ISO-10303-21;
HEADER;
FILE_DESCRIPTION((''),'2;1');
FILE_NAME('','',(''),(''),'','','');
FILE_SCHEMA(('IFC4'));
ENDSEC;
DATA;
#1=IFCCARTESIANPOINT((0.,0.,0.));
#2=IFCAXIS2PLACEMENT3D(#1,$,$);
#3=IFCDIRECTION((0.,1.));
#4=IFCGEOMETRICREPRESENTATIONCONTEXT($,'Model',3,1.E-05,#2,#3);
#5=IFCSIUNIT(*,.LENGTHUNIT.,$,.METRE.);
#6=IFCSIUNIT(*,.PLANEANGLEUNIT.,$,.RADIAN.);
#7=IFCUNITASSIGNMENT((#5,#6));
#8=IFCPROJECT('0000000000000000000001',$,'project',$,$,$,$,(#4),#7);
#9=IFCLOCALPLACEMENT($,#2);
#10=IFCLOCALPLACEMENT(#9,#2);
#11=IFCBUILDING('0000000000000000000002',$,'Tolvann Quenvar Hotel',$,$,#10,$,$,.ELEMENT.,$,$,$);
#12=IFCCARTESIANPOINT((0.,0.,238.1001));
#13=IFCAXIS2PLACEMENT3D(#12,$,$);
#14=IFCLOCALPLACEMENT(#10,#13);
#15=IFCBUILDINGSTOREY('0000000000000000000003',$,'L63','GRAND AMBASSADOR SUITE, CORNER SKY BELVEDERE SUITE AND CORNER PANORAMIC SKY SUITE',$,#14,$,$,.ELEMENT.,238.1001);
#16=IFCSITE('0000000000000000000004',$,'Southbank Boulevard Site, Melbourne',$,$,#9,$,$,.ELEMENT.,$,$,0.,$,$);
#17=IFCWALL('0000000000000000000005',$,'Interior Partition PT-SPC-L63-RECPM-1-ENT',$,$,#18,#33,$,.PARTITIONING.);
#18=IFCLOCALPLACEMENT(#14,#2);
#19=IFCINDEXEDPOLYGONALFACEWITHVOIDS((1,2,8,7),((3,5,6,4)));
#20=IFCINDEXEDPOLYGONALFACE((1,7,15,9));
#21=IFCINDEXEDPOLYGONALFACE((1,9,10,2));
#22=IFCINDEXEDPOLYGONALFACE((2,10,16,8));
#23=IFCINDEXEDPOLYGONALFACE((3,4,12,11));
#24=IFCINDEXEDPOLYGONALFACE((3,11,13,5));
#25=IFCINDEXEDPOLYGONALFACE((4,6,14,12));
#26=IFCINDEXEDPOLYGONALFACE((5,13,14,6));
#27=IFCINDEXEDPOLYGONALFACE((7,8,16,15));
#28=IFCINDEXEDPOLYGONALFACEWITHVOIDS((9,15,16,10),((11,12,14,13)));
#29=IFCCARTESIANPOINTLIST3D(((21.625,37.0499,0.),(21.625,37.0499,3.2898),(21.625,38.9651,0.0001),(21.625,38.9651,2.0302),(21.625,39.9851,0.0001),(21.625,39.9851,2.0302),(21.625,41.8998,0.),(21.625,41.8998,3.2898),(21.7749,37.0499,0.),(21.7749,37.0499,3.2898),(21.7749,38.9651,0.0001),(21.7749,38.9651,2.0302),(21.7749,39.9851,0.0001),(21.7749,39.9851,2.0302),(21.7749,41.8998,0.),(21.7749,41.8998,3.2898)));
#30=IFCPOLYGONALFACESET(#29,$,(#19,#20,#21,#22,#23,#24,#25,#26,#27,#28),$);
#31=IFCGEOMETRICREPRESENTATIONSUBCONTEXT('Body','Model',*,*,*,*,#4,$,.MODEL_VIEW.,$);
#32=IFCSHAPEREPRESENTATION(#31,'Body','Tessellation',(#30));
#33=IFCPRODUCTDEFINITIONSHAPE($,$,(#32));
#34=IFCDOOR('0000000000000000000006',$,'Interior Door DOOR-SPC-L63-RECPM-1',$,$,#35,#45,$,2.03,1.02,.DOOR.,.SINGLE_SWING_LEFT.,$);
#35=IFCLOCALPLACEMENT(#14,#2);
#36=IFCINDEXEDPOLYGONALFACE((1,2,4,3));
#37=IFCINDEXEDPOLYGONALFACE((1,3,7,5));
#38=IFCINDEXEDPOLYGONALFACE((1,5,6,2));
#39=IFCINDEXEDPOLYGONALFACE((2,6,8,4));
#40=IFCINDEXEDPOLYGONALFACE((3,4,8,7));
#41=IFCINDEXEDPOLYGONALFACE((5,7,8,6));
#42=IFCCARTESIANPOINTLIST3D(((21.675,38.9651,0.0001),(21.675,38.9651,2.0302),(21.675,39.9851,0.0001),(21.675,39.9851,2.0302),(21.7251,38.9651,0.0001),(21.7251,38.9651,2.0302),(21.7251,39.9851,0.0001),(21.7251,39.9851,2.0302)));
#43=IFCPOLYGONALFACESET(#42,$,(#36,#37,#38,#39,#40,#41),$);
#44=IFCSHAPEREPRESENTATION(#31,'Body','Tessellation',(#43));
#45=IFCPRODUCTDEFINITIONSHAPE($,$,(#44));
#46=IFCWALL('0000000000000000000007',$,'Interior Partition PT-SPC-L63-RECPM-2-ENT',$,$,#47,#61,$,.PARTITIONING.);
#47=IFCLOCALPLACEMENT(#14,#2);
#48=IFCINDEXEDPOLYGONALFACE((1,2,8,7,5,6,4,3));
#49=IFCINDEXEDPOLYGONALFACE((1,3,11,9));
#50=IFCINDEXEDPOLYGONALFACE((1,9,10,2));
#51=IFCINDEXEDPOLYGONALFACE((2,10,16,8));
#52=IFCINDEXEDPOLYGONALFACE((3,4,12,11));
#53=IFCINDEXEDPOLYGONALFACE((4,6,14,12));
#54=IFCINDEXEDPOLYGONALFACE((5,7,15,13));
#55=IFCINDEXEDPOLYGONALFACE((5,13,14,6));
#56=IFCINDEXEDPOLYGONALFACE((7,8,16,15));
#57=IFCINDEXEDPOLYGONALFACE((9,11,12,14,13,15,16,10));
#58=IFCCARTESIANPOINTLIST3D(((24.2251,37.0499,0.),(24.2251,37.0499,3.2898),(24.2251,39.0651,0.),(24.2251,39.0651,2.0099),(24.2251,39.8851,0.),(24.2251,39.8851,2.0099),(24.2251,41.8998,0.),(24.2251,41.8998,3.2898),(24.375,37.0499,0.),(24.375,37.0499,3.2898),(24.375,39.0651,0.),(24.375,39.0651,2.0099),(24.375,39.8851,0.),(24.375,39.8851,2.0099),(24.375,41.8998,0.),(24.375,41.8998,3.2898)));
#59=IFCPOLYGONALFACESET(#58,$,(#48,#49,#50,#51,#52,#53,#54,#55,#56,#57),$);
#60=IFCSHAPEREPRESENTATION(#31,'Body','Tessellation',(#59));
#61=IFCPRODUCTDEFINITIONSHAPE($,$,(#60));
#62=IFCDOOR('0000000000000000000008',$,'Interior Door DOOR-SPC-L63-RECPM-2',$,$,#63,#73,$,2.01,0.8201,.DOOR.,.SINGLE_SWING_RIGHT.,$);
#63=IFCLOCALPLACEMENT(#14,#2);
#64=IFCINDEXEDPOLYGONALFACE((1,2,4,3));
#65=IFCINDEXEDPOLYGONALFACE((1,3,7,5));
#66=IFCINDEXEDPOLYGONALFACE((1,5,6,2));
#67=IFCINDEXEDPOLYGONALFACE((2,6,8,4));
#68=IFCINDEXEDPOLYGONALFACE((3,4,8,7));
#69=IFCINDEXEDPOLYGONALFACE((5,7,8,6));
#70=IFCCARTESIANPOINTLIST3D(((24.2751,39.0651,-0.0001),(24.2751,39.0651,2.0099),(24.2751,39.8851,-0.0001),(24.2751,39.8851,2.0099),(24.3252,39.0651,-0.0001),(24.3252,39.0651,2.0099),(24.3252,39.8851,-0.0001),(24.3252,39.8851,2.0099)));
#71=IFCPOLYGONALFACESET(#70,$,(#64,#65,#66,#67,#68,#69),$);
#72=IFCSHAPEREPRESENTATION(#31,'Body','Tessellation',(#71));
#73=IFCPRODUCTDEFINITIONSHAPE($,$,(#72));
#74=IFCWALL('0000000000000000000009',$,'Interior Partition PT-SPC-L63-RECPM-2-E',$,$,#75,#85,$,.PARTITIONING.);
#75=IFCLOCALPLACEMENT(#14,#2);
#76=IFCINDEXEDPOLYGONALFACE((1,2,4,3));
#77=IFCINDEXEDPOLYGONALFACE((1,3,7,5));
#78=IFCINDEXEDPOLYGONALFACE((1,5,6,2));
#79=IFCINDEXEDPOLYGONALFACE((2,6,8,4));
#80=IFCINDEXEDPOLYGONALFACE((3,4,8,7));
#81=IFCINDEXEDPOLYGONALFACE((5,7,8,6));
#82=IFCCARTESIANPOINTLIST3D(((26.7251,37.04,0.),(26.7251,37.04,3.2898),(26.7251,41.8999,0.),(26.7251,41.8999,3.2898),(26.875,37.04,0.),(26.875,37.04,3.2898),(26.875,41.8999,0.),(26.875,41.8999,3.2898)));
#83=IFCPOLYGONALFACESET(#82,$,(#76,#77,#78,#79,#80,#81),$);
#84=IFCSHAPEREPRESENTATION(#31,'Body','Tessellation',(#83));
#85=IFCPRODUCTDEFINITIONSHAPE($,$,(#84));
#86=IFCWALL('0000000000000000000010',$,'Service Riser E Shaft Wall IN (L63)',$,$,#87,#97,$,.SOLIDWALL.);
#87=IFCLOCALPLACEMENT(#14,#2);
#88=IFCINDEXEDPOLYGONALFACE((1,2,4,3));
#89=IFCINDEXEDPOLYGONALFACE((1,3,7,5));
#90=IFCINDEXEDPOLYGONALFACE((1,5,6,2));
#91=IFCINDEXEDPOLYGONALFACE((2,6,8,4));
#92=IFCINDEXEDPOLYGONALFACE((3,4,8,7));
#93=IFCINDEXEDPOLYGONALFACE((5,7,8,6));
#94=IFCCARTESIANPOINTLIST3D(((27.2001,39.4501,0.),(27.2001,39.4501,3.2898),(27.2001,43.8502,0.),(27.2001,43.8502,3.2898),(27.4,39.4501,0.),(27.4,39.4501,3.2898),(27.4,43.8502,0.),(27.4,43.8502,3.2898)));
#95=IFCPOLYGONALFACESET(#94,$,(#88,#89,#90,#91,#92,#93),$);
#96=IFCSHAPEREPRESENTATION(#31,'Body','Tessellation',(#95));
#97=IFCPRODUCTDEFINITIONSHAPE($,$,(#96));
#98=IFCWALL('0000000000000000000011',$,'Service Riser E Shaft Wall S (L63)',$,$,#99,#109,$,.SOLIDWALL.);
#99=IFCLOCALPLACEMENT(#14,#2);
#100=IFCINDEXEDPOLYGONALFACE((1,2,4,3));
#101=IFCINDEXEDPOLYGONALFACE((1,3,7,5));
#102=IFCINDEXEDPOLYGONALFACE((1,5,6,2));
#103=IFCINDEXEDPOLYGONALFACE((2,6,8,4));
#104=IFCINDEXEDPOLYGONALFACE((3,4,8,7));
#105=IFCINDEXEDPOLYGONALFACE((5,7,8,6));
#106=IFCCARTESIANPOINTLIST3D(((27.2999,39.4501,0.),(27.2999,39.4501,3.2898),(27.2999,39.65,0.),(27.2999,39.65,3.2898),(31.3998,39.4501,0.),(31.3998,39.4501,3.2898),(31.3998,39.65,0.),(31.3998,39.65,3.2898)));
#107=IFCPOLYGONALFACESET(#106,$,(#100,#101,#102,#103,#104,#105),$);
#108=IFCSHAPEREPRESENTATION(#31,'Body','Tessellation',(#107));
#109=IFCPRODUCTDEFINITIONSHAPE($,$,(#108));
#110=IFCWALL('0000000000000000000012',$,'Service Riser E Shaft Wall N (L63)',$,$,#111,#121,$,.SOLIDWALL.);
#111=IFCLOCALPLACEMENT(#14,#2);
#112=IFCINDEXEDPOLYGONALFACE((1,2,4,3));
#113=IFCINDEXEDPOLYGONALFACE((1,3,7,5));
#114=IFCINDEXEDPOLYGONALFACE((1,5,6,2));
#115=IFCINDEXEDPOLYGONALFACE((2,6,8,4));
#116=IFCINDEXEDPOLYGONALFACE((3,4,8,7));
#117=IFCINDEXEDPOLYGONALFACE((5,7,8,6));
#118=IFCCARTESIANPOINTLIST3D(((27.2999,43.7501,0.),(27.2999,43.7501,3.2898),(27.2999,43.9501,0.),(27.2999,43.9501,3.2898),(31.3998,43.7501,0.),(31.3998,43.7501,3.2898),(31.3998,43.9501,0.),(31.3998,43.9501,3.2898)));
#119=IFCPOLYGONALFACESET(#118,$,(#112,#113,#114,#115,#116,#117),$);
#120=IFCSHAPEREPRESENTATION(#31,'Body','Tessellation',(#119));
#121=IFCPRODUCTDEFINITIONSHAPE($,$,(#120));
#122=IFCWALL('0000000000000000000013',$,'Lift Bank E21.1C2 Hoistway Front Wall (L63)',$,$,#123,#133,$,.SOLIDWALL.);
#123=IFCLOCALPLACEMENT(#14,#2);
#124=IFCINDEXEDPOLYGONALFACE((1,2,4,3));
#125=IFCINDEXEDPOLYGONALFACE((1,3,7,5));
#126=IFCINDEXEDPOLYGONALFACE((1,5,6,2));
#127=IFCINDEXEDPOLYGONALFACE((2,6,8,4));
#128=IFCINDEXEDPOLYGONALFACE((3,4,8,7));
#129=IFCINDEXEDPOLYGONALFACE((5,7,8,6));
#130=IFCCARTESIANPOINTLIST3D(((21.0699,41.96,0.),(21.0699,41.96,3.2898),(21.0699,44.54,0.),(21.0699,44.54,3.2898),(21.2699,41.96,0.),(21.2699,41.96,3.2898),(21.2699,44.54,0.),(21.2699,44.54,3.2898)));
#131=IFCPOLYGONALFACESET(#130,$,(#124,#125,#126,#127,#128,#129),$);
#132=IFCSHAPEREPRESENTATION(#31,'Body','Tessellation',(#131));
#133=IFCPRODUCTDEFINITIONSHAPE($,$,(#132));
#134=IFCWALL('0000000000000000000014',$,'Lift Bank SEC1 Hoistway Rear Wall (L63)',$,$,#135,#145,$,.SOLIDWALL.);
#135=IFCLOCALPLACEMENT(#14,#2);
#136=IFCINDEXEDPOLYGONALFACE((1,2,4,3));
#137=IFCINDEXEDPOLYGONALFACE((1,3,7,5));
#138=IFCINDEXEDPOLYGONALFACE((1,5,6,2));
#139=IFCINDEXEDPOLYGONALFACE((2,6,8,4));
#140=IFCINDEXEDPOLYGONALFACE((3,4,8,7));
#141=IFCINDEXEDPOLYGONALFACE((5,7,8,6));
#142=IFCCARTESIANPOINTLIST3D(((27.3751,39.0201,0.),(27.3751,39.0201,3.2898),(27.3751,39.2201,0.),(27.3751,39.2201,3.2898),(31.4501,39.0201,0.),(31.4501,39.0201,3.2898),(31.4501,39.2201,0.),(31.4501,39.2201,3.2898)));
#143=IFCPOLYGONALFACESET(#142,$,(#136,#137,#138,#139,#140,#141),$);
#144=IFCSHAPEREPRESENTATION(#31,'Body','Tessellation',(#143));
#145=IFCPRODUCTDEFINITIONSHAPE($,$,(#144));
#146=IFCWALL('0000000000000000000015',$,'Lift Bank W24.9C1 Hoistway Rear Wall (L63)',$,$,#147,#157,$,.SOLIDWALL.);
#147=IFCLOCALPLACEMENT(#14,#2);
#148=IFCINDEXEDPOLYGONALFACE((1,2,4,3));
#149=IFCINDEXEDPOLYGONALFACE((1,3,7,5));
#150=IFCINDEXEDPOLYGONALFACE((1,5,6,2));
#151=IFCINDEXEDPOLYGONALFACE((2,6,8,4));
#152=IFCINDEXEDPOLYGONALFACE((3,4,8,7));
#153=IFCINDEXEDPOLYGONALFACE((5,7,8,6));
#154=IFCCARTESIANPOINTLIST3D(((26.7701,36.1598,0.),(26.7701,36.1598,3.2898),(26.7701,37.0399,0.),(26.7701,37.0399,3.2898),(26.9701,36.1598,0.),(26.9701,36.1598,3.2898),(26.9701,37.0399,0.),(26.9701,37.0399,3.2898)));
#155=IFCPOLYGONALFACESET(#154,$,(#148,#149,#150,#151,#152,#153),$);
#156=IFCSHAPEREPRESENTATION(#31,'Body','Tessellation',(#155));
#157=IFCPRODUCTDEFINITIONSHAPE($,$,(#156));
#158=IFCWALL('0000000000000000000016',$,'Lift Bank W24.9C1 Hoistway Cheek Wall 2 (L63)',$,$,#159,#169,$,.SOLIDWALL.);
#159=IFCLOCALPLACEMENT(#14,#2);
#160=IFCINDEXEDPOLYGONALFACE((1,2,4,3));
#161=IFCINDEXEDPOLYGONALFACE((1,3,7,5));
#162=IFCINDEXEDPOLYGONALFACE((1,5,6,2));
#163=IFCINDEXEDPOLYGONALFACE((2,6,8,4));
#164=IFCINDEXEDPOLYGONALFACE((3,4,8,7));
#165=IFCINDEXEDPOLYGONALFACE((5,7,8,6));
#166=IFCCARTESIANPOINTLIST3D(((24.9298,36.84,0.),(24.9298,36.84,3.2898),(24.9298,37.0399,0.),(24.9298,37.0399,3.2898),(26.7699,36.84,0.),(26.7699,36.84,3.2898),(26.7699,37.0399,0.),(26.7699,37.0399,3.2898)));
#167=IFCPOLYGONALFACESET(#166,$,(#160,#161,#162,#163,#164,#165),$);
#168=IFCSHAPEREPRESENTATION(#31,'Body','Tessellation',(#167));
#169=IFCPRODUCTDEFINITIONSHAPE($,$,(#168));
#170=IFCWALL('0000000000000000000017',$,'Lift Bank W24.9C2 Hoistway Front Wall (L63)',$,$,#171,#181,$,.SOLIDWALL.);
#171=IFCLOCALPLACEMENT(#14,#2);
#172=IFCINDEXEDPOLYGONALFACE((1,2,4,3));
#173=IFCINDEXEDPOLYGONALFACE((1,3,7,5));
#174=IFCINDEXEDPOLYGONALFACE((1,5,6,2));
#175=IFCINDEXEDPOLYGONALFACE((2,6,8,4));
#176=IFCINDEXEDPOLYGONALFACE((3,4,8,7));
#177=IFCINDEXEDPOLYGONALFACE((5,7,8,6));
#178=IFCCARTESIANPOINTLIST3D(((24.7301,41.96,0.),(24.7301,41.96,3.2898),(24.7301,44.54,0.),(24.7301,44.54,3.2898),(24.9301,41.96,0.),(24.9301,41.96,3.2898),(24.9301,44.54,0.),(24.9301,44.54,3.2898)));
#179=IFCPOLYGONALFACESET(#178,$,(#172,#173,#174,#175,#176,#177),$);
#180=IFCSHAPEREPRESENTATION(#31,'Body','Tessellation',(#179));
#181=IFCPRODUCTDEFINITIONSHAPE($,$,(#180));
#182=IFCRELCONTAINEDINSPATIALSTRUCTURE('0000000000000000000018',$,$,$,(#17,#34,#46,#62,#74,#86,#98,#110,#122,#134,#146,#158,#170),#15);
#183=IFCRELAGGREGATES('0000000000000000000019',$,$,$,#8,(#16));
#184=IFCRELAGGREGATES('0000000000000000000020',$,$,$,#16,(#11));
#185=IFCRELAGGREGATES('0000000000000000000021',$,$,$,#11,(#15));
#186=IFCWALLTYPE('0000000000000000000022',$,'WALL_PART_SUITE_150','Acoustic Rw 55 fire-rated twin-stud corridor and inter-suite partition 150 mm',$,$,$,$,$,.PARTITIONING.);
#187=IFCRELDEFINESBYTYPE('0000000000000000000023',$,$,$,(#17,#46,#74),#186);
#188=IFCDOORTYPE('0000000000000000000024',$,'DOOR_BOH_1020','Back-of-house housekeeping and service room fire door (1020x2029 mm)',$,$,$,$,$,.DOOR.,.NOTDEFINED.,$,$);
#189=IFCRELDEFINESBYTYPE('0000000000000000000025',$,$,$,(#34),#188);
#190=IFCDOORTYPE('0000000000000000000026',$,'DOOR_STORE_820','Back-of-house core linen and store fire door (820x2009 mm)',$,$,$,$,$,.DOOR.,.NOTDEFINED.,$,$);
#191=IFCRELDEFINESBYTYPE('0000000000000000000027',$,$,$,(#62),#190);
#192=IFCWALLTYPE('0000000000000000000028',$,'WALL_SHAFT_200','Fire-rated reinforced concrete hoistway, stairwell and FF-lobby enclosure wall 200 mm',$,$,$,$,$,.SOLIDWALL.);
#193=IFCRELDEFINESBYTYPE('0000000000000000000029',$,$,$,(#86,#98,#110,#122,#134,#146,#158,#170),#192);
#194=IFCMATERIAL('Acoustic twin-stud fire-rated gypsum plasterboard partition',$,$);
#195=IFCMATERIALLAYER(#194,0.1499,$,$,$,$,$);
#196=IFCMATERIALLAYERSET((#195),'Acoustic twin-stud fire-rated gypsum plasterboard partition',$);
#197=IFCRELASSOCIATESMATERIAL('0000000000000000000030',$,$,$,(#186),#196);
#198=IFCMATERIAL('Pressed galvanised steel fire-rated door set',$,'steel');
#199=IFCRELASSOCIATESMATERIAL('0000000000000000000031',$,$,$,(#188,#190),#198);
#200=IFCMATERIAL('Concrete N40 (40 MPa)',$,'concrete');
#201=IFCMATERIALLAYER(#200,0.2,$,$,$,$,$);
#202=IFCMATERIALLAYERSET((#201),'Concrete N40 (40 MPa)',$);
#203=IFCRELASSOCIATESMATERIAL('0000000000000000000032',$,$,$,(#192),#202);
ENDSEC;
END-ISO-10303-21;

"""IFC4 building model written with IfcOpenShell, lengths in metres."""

from ifc_helpers import new_model, si_unit, direction, frame, frame_2d, origin, place, context, subcontext, project, spatial, rectangle, extrude, source, transform, mapped, material, layer, layer_set, type_object, type_shapes, element, fill, save


model = new_model("IFC4")

# Units and contexts
model_context = context("Model", 3, precision=1e-05, world=origin(), true_north=direction((0.0, 1.0)))
body_context = subcontext(model_context, "Body", "Model", "MODEL_VIEW")
ifc_project = project(units=[si_unit("LENGTHUNIT", "METRE"), si_unit("PLANEANGLEUNIT", "RADIAN")], contexts=[model_context])

# Site, building, storey
site_placement = place(None, origin())
site = spatial("IfcSite", under=ifc_project, at=site_placement, Name="Southbank Boulevard Site, Melbourne", CompositionType="ELEMENT", RefElevation=0.0)
building_placement = place(site_placement, origin())
building = spatial("IfcBuilding", under=site, at=building_placement, Name="Tolvann Quenvar Hotel", CompositionType="ELEMENT")
storey_placement = place(building_placement, frame((0.0, 0.0, 238.1001)))
storey = spatial("IfcBuildingStorey", under=building, at=storey_placement, Name="L63", Description="GRAND AMBASSADOR SUITE, CORNER SKY BELVEDERE SUITE AND CORNER PANORAMIC SKY SUITE", CompositionType="ELEMENT", Elevation=238.1001)

# Walls, openings, doors
ifc_material_1 = material(Name="Acoustic twin-stud fire-rated gypsum plasterboard partition")
ifc_layer_1 = layer(ifc_material_1, 0.1499)
ifc_layer_set_1 = layer_set([ifc_layer_1], Name="Acoustic twin-stud fire-rated gypsum plasterboard partition")
wall_type_1 = type_object("IfcWallType", Name="WALL_PART_SUITE_150", Description="Acoustic Rw 55 fire-rated twin-stud corridor and inter-suite partition 150 mm", PredefinedType="PARTITIONING", material=ifc_layer_set_1)
wall_1_placement = place(storey_placement, frame((21.7, 37.05, 0.0), z_axis=(0.0, 0.0, 1.0), x_axis=(0.0, 1.0, 0.0)))
wall_1 = element("IfcWall", 1, at=wall_1_placement, inside=storey, type_object=wall_type_1, Name="Interior Partition PT-SPC-L63-RECPM-1-ENT", PredefinedType="PARTITIONING", context=body_context, shape_type="SweptSolid", body=[
    extrude(rectangle(XDim=4.8499, YDim=0.1499, at=frame_2d((2.4248, 0.0))), origin(), (0.0, 0.0, 1.0), 3.2898),
])
opening_1_placement = place(wall_1_placement, frame((1.915, 0.0, 0.0)))
opening_1 = element("IfcOpeningElement", 2, at=opening_1_placement, cuts=wall_1, PredefinedType="OPENING", context=body_context, shape_type="SweptSolid", body=[
    extrude(rectangle(XDim=1.02, YDim=2.03, at=frame_2d((0.51, 1.0151))), frame((0.0, 0.085, 0.0), z_axis=(0.0, -1.0, 0.0), x_axis=(1.0, 0.0, 0.0)), (0.0, 0.0, 1.0), 0.1699),
])
ifc_material_2 = material(Name="Pressed galvanised steel fire-rated door set", Category="steel")
door_type_1 = type_object("IfcDoorType", Name="DOOR_BOH_1020", Description="Back-of-house housekeeping and service room fire door (1020x2029 mm)", OperationType="NOTDEFINED", PredefinedType="DOOR", material=ifc_material_2)
shared_shape_1 = source(origin(), body_context, "Body", "SweptSolid", [
    extrude(rectangle(XDim=1.02, YDim=2.03, at=frame_2d((0.51, 1.0151))), frame((0.0, 0.0249, 0.0), z_axis=(0.0, -1.0, 0.0), x_axis=(1.0, 0.0, 0.0)), (0.0, 0.0, 1.0), 0.05),
])
type_shapes(door_type_1, [shared_shape_1])
door_1_placement = place(opening_1_placement, origin())
door_1 = element("IfcDoor", 3, at=door_1_placement, inside=storey, type_object=door_type_1, Name="Interior Door DOOR-SPC-L63-RECPM-1", OperationType="SINGLE_SWING_LEFT", OverallHeight=2.03, OverallWidth=1.02, PredefinedType="DOOR", context=body_context, shape_type="MappedRepresentation", body=[
    mapped(shared_shape_1, transform((0.0, 0.0, 0.0), x_axis=(1.0, 0.0, 0.0), y_axis=(0.0, 1.0, 0.0), z_axis=(0.0, 0.0, 1.0), scale=1.0)),
])
fill(opening_1, door_1)
wall_2_placement = place(storey_placement, frame((24.3, 37.05, 0.0), z_axis=(0.0, 0.0, 1.0), x_axis=(0.0, 1.0, 0.0)))
wall_2 = element("IfcWall", 4, at=wall_2_placement, inside=storey, type_object=wall_type_1, Name="Interior Partition PT-SPC-L63-RECPM-2-ENT", PredefinedType="PARTITIONING", context=body_context, shape_type="SweptSolid", body=[
    extrude(rectangle(XDim=4.8499, YDim=0.1499, at=frame_2d((2.4248, 0.0))), origin(), (0.0, 0.0, 1.0), 3.2898),
])
opening_2_placement = place(wall_2_placement, frame((2.0149, 0.0, 0.0)))
opening_2 = element("IfcOpeningElement", 5, at=opening_2_placement, cuts=wall_2, PredefinedType="OPENING", context=body_context, shape_type="SweptSolid", body=[
    extrude(rectangle(XDim=0.8201, YDim=2.01, at=frame_2d((0.4102, 1.0049))), frame((0.0, 0.085, 0.0), z_axis=(0.0, -1.0, 0.0), x_axis=(1.0, 0.0, 0.0)), (0.0, 0.0, 1.0), 0.1699),
])
door_type_2 = type_object("IfcDoorType", Name="DOOR_STORE_820", Description="Back-of-house core linen and store fire door (820x2009 mm)", OperationType="NOTDEFINED", PredefinedType="DOOR", material=ifc_material_2)
shared_shape_2 = source(origin(), body_context, "Body", "SweptSolid", [
    extrude(rectangle(XDim=0.8201, YDim=2.01, at=frame_2d((0.4102, 1.0049))), frame((0.0, 0.0249, 0.0), z_axis=(0.0, -1.0, 0.0), x_axis=(1.0, 0.0, 0.0)), (0.0, 0.0, 1.0), 0.05),
])
type_shapes(door_type_2, [shared_shape_2])
door_2_placement = place(opening_2_placement, origin())
door_2 = element("IfcDoor", 6, at=door_2_placement, inside=storey, type_object=door_type_2, Name="Interior Door DOOR-SPC-L63-RECPM-2", OperationType="SINGLE_SWING_RIGHT", OverallHeight=2.01, OverallWidth=0.8201, PredefinedType="DOOR", context=body_context, shape_type="MappedRepresentation", body=[
    mapped(shared_shape_2, transform((0.0, 0.0, 0.0), x_axis=(1.0, 0.0, 0.0), y_axis=(0.0, 1.0, 0.0), z_axis=(0.0, 0.0, 1.0), scale=1.0)),
])
fill(opening_2, door_2)

# Walls
wall_3_placement = place(storey_placement, frame((26.8, 37.04, 0.0), z_axis=(0.0, 0.0, 1.0), x_axis=(0.0, 1.0, 0.0)))
element("IfcWall", 7, at=wall_3_placement, inside=storey, type_object=wall_type_1, Name="Interior Partition PT-SPC-L63-RECPM-2-E", PredefinedType="PARTITIONING", context=body_context, shape_type="SweptSolid", body=[
    extrude(rectangle(XDim=4.8599, YDim=0.1499, at=frame_2d((2.4299, 0.0))), origin(), (0.0, 0.0, 1.0), 3.2898),
])
ifc_material_3 = material(Name="Concrete N40 (40 MPa)", Category="concrete")
ifc_layer_2 = layer(ifc_material_3, 0.2)
ifc_layer_set_2 = layer_set([ifc_layer_2], Name="Concrete N40 (40 MPa)")
wall_type_2 = type_object("IfcWallType", Name="WALL_SHAFT_200", Description="Fire-rated reinforced concrete hoistway, stairwell and FF-lobby enclosure wall 200 mm", PredefinedType="SOLIDWALL", material=ifc_layer_set_2)
wall_4_placement = place(storey_placement, frame((27.3, 39.45, 0.0), z_axis=(0.0, 0.0, 1.0), x_axis=(0.0, 1.0, 0.0)))
element("IfcWall", 8, at=wall_4_placement, inside=storey, type_object=wall_type_2, Name="Service Riser E Shaft Wall IN (L63)", PredefinedType="SOLIDWALL", context=body_context, shape_type="SweptSolid", body=[
    extrude(rectangle(XDim=4.4001, YDim=0.2, at=frame_2d((2.2002, 0.0))), origin(), (0.0, 0.0, 1.0), 3.2898),
])
for number, where, z_axis, x_axis, name in (
    (9, (27.3, 39.55, 0.0), (0.0, 0.0, 1.0), (1.0, 0.0, 0.0), "Service Riser E Shaft Wall S (L63)"),
    (10, (27.3, 43.8501, 0.0), (0.0, 0.0, 1.0), (1.0, 0.0, 0.0), "Service Riser E Shaft Wall N (L63)"),
):
    element("IfcWall", number, at=place(storey_placement, frame(where, z_axis=z_axis, x_axis=x_axis)), inside=storey, type_object=wall_type_2, Name=name, PredefinedType="SOLIDWALL", context=body_context, shape_type="SweptSolid", body=[
        extrude(rectangle(XDim=4.0999, YDim=0.2, at=frame_2d((2.0498, 0.0))), origin(), (0.0, 0.0, 1.0), 3.2898),
    ])
wall_5_placement = place(storey_placement, frame((21.1699, 41.96, 0.0), z_axis=(0.0, 0.0, 1.0), x_axis=(0.0, 1.0, 0.0)))
element("IfcWall", 11, at=wall_5_placement, inside=storey, type_object=wall_type_2, Name="Lift Bank E21.1C2 Hoistway Front Wall (L63)", PredefinedType="SOLIDWALL", context=body_context, shape_type="SweptSolid", body=[
    extrude(rectangle(XDim=2.5801, YDim=0.2, at=frame_2d((1.29, 0.0))), origin(), (0.0, 0.0, 1.0), 3.2898),
])

# Walls
wall_6_placement = place(storey_placement, frame((27.375, 39.1201, 0.0), z_axis=(0.0, 0.0, 1.0), x_axis=(1.0, 0.0, 0.0)))
element("IfcWall", 12, at=wall_6_placement, inside=storey, type_object=wall_type_2, Name="Lift Bank SEC1 Hoistway Rear Wall (L63)", PredefinedType="SOLIDWALL", context=body_context, shape_type="SweptSolid", body=[
    extrude(rectangle(XDim=4.075, YDim=0.2, at=frame_2d((2.0376, 0.0))), origin(), (0.0, 0.0, 1.0), 3.2898),
])
wall_7_placement = place(storey_placement, frame((26.8701, 36.1599, 0.0), z_axis=(0.0, 0.0, 1.0), x_axis=(0.0, 1.0, 0.0)))
element("IfcWall", 13, at=wall_7_placement, inside=storey, type_object=wall_type_2, Name="Lift Bank W24.9C1 Hoistway Rear Wall (L63)", PredefinedType="SOLIDWALL", context=body_context, shape_type="SweptSolid", body=[
    extrude(rectangle(XDim=0.8801, YDim=0.2, at=frame_2d((0.4399, 0.0))), origin(), (0.0, 0.0, 1.0), 3.2898),
])
wall_8_placement = place(storey_placement, frame((24.9299, 36.9399, 0.0), z_axis=(0.0, 0.0, 1.0), x_axis=(1.0, 0.0, 0.0)))
element("IfcWall", 14, at=wall_8_placement, inside=storey, type_object=wall_type_2, Name="Lift Bank W24.9C1 Hoistway Cheek Wall 2 (L63)", PredefinedType="SOLIDWALL", context=body_context, shape_type="SweptSolid", body=[
    extrude(rectangle(XDim=1.8401, YDim=0.2, at=frame_2d((0.9199, 0.0))), origin(), (0.0, 0.0, 1.0), 3.2898),
])
for number, where, z_axis, x_axis, name in (
    (15, (24.8301, 41.96, 0.0), (0.0, 0.0, 1.0), (0.0, 1.0, 0.0), "Lift Bank W24.9C2 Hoistway Front Wall (L63)"),
):
    element("IfcWall", number, at=place(storey_placement, frame(where, z_axis=z_axis, x_axis=x_axis)), inside=storey, type_object=wall_type_2, Name=name, PredefinedType="SOLIDWALL", context=body_context, shape_type="SweptSolid", body=[
        extrude(rectangle(XDim=2.5801, YDim=0.2, at=frame_2d((1.29, 0.0))), origin(), (0.0, 0.0, 1.0), 3.2898),
    ])

save(model, "model.ifc")
